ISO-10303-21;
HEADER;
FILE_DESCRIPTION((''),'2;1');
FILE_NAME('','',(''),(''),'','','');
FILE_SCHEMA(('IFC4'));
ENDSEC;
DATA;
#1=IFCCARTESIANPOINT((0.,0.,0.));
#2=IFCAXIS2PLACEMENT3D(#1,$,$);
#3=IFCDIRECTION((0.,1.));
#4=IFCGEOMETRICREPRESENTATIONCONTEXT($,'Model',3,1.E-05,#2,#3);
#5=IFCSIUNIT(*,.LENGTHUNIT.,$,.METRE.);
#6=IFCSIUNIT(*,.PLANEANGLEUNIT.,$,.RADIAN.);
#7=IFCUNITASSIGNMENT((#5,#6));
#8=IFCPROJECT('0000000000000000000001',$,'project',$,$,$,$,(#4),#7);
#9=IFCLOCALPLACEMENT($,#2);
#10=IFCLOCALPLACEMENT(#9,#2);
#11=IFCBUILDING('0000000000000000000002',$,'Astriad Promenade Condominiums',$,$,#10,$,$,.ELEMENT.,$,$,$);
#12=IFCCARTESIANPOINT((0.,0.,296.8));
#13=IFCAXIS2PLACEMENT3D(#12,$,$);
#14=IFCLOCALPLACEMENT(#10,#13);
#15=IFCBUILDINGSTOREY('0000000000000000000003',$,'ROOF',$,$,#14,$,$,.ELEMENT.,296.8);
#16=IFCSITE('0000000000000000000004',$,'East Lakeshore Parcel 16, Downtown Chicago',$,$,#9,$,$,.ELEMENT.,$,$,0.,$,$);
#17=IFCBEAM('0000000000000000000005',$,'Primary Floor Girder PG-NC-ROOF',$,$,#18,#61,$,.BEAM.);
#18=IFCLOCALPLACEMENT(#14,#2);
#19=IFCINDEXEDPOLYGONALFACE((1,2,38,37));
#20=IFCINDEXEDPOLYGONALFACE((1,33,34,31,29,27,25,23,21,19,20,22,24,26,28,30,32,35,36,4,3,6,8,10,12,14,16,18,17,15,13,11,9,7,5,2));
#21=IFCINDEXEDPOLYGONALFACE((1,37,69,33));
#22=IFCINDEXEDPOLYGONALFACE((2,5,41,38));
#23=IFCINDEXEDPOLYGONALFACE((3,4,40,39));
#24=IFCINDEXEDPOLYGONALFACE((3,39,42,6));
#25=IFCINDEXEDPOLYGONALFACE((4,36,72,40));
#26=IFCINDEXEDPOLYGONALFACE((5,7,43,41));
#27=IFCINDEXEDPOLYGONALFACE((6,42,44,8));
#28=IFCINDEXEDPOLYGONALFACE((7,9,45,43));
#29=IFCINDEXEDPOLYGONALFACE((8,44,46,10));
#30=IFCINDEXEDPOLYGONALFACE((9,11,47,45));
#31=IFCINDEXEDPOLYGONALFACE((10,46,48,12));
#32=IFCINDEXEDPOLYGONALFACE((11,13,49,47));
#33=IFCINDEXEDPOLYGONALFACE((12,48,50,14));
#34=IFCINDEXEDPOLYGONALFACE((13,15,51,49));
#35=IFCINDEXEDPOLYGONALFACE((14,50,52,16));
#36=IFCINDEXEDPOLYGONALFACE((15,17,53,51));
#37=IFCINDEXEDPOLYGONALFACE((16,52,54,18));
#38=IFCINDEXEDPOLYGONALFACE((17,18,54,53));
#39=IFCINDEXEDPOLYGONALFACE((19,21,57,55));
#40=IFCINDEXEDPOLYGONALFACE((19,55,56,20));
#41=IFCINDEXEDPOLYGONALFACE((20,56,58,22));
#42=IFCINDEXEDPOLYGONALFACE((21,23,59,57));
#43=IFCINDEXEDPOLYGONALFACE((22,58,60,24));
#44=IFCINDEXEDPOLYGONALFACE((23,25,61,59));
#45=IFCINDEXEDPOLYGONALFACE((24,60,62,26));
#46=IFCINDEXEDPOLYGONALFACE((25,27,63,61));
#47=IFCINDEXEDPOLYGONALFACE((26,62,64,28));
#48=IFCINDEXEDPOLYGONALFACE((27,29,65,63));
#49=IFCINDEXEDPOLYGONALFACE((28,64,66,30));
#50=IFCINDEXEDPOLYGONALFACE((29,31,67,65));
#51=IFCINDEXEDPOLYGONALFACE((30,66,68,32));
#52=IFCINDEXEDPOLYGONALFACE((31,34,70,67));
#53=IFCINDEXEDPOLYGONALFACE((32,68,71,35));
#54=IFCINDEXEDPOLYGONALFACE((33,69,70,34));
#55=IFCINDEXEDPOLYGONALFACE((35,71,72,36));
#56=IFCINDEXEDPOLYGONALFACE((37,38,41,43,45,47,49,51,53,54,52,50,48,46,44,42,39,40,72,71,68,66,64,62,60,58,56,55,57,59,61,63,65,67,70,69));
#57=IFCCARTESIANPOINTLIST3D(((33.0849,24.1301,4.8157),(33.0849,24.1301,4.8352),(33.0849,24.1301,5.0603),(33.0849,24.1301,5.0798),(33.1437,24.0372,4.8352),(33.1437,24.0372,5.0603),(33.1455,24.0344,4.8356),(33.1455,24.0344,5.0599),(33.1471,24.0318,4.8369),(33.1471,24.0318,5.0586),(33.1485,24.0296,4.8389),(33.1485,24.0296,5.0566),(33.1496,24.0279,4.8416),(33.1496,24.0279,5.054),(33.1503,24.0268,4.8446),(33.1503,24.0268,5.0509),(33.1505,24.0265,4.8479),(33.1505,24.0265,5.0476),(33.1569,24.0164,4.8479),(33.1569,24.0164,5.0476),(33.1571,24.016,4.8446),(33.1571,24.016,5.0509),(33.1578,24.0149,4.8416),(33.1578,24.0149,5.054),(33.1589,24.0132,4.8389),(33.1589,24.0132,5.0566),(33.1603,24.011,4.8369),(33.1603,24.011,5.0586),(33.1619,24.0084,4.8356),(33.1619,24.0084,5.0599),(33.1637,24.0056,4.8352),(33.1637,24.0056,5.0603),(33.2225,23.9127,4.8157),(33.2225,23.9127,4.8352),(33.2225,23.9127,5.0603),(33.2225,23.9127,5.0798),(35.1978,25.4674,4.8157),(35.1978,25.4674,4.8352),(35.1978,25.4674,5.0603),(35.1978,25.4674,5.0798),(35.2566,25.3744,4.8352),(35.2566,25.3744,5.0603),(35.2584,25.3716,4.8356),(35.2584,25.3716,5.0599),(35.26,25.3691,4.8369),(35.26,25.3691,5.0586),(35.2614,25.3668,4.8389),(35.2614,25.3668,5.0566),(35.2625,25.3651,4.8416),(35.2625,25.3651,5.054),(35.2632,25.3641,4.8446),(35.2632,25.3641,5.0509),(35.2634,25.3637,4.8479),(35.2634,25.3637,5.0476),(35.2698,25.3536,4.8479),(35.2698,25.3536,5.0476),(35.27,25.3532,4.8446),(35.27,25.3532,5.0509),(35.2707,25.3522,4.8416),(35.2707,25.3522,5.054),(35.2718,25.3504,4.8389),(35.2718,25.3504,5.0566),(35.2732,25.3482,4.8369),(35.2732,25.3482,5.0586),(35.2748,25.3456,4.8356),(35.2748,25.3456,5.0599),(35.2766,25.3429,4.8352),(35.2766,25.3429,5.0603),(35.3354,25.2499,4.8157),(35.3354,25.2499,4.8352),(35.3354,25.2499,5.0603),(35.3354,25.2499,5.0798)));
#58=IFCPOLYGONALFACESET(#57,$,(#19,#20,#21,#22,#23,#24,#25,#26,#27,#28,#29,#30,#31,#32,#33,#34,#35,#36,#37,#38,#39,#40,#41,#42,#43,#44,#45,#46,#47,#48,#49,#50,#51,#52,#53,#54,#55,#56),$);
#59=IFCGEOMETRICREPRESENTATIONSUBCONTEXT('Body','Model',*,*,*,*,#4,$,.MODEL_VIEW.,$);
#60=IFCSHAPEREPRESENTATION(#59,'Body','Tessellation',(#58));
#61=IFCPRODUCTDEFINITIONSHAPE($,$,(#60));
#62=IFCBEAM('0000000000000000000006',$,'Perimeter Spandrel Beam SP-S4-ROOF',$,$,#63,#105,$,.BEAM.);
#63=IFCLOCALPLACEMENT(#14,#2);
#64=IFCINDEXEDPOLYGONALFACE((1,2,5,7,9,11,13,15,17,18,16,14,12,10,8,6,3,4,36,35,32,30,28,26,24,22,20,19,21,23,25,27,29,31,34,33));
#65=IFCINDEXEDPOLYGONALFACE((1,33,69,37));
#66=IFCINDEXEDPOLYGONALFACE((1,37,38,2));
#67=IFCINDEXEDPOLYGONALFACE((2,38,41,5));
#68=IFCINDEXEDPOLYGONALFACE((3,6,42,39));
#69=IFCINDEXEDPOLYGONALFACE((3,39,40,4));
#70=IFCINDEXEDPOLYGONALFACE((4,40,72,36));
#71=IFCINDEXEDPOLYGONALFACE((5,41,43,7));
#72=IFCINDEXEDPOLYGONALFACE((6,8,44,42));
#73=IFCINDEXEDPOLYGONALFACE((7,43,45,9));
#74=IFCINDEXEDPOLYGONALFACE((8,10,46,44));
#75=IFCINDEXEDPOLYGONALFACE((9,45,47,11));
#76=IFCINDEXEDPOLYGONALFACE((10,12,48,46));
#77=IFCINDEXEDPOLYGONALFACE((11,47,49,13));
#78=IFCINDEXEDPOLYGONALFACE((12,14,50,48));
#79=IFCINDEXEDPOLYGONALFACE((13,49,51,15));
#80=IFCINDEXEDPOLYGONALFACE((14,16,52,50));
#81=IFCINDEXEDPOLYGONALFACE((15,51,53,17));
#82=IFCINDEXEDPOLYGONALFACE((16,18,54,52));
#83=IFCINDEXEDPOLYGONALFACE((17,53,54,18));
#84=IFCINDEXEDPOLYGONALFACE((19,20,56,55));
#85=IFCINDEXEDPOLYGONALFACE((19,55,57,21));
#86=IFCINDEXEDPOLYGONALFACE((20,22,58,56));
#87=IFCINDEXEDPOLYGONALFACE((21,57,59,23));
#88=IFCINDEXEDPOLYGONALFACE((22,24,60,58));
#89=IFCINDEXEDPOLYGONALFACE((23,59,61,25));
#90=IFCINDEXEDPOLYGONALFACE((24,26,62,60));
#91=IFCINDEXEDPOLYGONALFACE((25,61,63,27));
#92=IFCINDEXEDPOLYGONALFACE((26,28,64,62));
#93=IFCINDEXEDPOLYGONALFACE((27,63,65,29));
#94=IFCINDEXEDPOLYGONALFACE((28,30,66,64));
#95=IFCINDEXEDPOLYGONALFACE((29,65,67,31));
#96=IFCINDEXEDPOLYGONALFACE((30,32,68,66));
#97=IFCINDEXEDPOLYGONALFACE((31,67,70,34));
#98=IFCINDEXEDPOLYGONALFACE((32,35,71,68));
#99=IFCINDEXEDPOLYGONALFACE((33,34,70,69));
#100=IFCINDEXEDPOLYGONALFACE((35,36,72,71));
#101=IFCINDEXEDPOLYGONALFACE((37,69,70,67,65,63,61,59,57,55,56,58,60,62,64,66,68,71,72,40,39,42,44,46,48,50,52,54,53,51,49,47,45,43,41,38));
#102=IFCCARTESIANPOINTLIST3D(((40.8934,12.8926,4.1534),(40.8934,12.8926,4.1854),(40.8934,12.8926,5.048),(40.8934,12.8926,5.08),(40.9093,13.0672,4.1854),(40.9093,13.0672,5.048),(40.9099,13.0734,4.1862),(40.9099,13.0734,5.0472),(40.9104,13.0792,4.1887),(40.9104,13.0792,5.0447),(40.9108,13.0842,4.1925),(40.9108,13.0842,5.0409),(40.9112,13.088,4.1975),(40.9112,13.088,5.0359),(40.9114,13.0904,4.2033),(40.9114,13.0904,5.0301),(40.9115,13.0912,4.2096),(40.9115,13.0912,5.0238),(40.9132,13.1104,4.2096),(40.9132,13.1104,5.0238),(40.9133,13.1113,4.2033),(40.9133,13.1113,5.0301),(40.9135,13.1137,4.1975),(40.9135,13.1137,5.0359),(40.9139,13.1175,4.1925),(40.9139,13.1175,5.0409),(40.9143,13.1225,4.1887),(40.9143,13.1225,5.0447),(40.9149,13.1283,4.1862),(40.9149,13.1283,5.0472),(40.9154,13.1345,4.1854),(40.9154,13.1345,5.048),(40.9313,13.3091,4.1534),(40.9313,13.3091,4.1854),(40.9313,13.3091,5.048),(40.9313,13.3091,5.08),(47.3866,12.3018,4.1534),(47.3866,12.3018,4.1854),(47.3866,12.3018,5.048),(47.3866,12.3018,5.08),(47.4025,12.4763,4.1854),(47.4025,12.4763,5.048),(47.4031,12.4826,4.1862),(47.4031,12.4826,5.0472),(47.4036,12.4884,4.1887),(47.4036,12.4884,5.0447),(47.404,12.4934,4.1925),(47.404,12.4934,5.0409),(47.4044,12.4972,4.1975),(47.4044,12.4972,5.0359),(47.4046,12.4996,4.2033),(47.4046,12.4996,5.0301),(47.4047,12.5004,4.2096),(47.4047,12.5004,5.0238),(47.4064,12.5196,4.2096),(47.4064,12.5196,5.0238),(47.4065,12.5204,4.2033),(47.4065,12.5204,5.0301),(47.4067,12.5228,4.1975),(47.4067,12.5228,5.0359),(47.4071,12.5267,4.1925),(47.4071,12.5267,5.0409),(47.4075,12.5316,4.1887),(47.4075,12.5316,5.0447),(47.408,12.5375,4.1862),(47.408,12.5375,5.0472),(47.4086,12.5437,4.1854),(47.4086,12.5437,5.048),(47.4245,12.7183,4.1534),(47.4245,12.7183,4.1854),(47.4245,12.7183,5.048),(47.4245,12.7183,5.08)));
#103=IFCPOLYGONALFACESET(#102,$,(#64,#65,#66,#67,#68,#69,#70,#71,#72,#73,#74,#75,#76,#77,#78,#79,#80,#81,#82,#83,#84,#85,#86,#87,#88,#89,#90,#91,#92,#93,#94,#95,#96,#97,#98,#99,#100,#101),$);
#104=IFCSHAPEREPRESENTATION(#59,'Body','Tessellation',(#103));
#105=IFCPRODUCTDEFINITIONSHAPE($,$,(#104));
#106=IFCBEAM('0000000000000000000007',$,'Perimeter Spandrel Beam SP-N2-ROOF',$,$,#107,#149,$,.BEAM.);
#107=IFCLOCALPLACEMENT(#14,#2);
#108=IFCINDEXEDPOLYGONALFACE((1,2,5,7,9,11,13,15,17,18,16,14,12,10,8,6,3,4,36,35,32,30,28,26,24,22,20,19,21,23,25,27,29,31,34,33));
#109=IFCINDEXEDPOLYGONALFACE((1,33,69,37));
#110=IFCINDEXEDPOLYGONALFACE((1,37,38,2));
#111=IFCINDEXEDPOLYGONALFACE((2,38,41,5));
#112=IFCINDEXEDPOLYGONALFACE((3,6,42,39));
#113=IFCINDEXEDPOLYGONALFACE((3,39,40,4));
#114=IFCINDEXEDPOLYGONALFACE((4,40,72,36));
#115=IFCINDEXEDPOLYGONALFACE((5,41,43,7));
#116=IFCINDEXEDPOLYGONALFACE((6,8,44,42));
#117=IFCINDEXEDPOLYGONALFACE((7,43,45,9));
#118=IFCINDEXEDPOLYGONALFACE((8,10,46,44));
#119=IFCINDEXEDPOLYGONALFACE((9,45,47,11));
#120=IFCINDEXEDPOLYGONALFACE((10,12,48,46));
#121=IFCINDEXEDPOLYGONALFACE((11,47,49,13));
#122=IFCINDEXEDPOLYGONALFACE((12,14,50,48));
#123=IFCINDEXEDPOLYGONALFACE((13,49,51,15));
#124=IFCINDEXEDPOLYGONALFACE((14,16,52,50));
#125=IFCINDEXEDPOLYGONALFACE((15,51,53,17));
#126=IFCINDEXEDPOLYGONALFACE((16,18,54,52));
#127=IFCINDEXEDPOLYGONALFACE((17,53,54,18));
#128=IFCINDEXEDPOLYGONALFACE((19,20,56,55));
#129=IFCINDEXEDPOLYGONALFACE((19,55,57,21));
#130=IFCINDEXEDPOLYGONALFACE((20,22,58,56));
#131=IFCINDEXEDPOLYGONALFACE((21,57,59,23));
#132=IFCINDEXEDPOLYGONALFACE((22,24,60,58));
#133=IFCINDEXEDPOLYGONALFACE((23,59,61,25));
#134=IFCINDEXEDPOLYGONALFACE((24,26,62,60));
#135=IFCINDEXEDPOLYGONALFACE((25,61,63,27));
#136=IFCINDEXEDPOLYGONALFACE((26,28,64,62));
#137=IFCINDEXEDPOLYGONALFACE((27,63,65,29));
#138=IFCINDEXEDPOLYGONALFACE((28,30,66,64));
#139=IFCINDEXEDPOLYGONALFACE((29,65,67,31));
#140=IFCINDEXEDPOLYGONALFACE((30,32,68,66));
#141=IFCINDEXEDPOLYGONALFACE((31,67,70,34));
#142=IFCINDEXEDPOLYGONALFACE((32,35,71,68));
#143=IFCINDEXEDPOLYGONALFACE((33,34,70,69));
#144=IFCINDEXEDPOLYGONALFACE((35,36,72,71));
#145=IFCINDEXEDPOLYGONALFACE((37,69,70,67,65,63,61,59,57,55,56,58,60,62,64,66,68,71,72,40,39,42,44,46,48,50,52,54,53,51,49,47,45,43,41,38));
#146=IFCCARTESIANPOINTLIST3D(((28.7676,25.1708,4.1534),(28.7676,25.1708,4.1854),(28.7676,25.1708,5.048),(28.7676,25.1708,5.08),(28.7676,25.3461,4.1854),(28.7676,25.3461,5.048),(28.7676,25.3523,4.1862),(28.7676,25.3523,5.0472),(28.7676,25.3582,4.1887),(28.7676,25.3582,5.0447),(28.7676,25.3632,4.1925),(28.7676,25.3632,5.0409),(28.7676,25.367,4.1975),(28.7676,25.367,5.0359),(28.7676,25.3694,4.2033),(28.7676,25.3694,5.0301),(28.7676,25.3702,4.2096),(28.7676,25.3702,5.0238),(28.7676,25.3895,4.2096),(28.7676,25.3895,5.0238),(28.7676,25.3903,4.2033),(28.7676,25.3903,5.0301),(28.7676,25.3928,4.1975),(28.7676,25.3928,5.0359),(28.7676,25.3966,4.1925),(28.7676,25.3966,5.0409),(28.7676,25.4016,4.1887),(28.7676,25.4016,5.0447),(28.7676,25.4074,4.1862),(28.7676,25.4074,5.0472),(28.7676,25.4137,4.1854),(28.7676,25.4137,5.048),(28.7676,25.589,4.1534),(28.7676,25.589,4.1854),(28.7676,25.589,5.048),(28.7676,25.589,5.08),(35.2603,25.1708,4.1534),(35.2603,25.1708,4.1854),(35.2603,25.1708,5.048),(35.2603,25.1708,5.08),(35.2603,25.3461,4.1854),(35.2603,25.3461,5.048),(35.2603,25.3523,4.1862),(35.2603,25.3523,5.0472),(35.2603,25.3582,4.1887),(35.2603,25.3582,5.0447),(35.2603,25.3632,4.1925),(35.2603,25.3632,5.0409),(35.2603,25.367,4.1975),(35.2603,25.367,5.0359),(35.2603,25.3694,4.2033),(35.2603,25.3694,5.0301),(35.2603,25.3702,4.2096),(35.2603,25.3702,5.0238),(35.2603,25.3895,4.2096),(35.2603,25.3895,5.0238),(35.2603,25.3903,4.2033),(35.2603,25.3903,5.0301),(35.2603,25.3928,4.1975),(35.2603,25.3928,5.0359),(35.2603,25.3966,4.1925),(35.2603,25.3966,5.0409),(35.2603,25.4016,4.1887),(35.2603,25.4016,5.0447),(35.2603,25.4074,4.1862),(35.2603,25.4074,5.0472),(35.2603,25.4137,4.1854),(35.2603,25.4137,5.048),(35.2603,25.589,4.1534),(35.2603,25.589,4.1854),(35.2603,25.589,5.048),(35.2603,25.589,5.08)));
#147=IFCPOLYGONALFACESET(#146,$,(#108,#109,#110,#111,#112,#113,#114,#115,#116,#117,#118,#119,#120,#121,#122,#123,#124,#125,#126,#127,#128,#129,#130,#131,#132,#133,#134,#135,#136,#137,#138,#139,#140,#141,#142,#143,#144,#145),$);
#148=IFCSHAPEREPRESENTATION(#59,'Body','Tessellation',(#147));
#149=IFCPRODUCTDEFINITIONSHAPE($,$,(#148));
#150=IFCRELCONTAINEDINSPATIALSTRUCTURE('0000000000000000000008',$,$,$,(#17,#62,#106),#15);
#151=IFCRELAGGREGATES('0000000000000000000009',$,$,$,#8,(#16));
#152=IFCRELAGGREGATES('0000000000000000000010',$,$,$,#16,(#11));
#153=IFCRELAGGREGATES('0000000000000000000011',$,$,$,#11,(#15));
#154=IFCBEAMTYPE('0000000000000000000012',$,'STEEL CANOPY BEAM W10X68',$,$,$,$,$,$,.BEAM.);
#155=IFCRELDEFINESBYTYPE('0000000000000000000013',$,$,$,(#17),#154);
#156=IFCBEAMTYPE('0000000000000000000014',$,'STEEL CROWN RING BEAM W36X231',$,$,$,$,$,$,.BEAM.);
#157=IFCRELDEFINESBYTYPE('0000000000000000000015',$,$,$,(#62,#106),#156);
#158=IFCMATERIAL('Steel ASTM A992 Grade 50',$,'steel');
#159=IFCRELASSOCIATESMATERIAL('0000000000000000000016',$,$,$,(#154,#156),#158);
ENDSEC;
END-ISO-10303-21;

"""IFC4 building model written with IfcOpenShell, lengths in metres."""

from ifc_helpers import new_model, si_unit, direction, frame, origin, origin_2d, place, context, subcontext, project, spatial, i_section, extrude, source, transform, mapped, material, material_profile, profile_set, type_object, type_shapes, element, save


model = new_model("IFC4")

# Units and contexts
model_context = context("Model", 3, precision=1e-05, world=origin(), true_north=direction((0.0, 1.0)))
body_context = subcontext(model_context, "Body", "Model", "MODEL_VIEW")
ifc_project = project(units=[si_unit("LENGTHUNIT", "METRE"), si_unit("PLANEANGLEUNIT", "RADIAN")], contexts=[model_context])

# Site, building, storey
site_placement = place(None, origin())
site = spatial("IfcSite", under=ifc_project, at=site_placement, Name="East Lakeshore Parcel 16, Downtown Chicago", CompositionType="ELEMENT", RefElevation=0.0)
building_placement = place(site_placement, origin())
building = spatial("IfcBuilding", under=site, at=building_placement, Name="Astriad Promenade Condominiums", CompositionType="ELEMENT")
storey_placement = place(building_placement, frame((0.0, 0.0, 296.8)))
storey = spatial("IfcBuildingStorey", under=building, at=storey_placement, Name="ROOF", CompositionType="ELEMENT", Elevation=296.8)

# Shared definitions
ifc_material_1 = material(Name="Steel ASTM A992 Grade 50", Category="steel")

# Beams
ifc_material_profile_1 = material_profile(ifc_material_1, i_section(OverallWidth=0.2573, OverallDepth=0.2642, WebThickness=0.012, FlangeThickness=0.0195, FilletRadius=0.0127, at=origin_2d()), Name="W10X68")
ifc_profile_set_1 = profile_set([ifc_material_profile_1], Name="Steel ASTM A992 Grade 50")
beam_type_1 = type_object("IfcBeamType", Name="STEEL CANOPY BEAM W10X68", PredefinedType="BEAM", material=ifc_profile_set_1)
shared_shape_1 = source(origin(), body_context, "Body", "SweptSolid", [
    extrude(i_section(OverallWidth=0.2573, OverallDepth=0.2642, WebThickness=0.012, FlangeThickness=0.0195, FilletRadius=0.0127, at=origin_2d()), origin(), (0.0, 0.0, 1.0), 2.5005),
])
beam_1_placement = place(storey_placement, frame((35.2666, 25.3586, 4.9478), z_axis=(-0.84499, -0.534783, 0.0), x_axis=(0.534783, -0.84499, 0.0)))
element("IfcBeam", 1, at=beam_1_placement, inside=storey, type_object=beam_type_1, Name="Primary Floor Girder PG-NC-ROOF", PredefinedType="BEAM", context=body_context, shape_type="MappedRepresentation", body=[
    mapped(shared_shape_1, transform((0.0, 0.0, 0.0), scale=1.0)),
])
ifc_material_profile_2 = material_profile(ifc_material_1, i_section(OverallWidth=0.4182, OverallDepth=0.9265, WebThickness=0.0193, FlangeThickness=0.032, FilletRadius=0.0242, at=origin_2d()), Name="W36X231")
ifc_profile_set_2 = profile_set([ifc_material_profile_2], Name="Steel ASTM A992 Grade 50")
beam_type_2 = type_object("IfcBeamType", Name="STEEL CROWN RING BEAM W36X231", PredefinedType="BEAM", material=ifc_profile_set_2)
shared_shape_2 = source(origin(), body_context, "Body", "SweptSolid", [
    extrude(i_section(OverallWidth=0.4182, OverallDepth=0.9265, WebThickness=0.0193, FlangeThickness=0.032, FilletRadius=0.0242, at=origin_2d()), origin(), (0.0, 0.0, 1.0), 6.52),
])
beam_2_placement = place(storey_placement, frame((40.9124, 13.1008, 4.6167), z_axis=(0.995886, -0.090617, 0.0), x_axis=(0.090617, 0.995886, 0.0)))
element("IfcBeam", 2, at=beam_2_placement, inside=storey, type_object=beam_type_2, Name="Perimeter Spandrel Beam SP-S4-ROOF", PredefinedType="BEAM", context=body_context, shape_type="MappedRepresentation", body=[
    mapped(shared_shape_2, transform((0.0, 0.0, 0.0), scale=1.0)),
])
shared_shape_3 = source(origin(), body_context, "Body", "SweptSolid", [
    extrude(i_section(OverallWidth=0.4182, OverallDepth=0.9265, WebThickness=0.0193, FlangeThickness=0.032, FilletRadius=0.0242, at=origin_2d()), origin(), (0.0, 0.0, 1.0), 6.4927),
])
type_shapes(beam_type_2, [shared_shape_2, shared_shape_3])
beam_3_placement = place(storey_placement, frame((35.2603, 25.3799, 4.6167), z_axis=(-1.0, 0.0, 0.0), x_axis=(0.0, -1.0, 0.0)))
element("IfcBeam", 3, at=beam_3_placement, inside=storey, type_object=beam_type_2, Name="Perimeter Spandrel Beam SP-N2-ROOF", PredefinedType="BEAM", context=body_context, shape_type="MappedRepresentation", body=[
    mapped(shared_shape_3, transform((0.0, 0.0, 0.0), scale=1.0)),
])

save(model, "model.ifc")
